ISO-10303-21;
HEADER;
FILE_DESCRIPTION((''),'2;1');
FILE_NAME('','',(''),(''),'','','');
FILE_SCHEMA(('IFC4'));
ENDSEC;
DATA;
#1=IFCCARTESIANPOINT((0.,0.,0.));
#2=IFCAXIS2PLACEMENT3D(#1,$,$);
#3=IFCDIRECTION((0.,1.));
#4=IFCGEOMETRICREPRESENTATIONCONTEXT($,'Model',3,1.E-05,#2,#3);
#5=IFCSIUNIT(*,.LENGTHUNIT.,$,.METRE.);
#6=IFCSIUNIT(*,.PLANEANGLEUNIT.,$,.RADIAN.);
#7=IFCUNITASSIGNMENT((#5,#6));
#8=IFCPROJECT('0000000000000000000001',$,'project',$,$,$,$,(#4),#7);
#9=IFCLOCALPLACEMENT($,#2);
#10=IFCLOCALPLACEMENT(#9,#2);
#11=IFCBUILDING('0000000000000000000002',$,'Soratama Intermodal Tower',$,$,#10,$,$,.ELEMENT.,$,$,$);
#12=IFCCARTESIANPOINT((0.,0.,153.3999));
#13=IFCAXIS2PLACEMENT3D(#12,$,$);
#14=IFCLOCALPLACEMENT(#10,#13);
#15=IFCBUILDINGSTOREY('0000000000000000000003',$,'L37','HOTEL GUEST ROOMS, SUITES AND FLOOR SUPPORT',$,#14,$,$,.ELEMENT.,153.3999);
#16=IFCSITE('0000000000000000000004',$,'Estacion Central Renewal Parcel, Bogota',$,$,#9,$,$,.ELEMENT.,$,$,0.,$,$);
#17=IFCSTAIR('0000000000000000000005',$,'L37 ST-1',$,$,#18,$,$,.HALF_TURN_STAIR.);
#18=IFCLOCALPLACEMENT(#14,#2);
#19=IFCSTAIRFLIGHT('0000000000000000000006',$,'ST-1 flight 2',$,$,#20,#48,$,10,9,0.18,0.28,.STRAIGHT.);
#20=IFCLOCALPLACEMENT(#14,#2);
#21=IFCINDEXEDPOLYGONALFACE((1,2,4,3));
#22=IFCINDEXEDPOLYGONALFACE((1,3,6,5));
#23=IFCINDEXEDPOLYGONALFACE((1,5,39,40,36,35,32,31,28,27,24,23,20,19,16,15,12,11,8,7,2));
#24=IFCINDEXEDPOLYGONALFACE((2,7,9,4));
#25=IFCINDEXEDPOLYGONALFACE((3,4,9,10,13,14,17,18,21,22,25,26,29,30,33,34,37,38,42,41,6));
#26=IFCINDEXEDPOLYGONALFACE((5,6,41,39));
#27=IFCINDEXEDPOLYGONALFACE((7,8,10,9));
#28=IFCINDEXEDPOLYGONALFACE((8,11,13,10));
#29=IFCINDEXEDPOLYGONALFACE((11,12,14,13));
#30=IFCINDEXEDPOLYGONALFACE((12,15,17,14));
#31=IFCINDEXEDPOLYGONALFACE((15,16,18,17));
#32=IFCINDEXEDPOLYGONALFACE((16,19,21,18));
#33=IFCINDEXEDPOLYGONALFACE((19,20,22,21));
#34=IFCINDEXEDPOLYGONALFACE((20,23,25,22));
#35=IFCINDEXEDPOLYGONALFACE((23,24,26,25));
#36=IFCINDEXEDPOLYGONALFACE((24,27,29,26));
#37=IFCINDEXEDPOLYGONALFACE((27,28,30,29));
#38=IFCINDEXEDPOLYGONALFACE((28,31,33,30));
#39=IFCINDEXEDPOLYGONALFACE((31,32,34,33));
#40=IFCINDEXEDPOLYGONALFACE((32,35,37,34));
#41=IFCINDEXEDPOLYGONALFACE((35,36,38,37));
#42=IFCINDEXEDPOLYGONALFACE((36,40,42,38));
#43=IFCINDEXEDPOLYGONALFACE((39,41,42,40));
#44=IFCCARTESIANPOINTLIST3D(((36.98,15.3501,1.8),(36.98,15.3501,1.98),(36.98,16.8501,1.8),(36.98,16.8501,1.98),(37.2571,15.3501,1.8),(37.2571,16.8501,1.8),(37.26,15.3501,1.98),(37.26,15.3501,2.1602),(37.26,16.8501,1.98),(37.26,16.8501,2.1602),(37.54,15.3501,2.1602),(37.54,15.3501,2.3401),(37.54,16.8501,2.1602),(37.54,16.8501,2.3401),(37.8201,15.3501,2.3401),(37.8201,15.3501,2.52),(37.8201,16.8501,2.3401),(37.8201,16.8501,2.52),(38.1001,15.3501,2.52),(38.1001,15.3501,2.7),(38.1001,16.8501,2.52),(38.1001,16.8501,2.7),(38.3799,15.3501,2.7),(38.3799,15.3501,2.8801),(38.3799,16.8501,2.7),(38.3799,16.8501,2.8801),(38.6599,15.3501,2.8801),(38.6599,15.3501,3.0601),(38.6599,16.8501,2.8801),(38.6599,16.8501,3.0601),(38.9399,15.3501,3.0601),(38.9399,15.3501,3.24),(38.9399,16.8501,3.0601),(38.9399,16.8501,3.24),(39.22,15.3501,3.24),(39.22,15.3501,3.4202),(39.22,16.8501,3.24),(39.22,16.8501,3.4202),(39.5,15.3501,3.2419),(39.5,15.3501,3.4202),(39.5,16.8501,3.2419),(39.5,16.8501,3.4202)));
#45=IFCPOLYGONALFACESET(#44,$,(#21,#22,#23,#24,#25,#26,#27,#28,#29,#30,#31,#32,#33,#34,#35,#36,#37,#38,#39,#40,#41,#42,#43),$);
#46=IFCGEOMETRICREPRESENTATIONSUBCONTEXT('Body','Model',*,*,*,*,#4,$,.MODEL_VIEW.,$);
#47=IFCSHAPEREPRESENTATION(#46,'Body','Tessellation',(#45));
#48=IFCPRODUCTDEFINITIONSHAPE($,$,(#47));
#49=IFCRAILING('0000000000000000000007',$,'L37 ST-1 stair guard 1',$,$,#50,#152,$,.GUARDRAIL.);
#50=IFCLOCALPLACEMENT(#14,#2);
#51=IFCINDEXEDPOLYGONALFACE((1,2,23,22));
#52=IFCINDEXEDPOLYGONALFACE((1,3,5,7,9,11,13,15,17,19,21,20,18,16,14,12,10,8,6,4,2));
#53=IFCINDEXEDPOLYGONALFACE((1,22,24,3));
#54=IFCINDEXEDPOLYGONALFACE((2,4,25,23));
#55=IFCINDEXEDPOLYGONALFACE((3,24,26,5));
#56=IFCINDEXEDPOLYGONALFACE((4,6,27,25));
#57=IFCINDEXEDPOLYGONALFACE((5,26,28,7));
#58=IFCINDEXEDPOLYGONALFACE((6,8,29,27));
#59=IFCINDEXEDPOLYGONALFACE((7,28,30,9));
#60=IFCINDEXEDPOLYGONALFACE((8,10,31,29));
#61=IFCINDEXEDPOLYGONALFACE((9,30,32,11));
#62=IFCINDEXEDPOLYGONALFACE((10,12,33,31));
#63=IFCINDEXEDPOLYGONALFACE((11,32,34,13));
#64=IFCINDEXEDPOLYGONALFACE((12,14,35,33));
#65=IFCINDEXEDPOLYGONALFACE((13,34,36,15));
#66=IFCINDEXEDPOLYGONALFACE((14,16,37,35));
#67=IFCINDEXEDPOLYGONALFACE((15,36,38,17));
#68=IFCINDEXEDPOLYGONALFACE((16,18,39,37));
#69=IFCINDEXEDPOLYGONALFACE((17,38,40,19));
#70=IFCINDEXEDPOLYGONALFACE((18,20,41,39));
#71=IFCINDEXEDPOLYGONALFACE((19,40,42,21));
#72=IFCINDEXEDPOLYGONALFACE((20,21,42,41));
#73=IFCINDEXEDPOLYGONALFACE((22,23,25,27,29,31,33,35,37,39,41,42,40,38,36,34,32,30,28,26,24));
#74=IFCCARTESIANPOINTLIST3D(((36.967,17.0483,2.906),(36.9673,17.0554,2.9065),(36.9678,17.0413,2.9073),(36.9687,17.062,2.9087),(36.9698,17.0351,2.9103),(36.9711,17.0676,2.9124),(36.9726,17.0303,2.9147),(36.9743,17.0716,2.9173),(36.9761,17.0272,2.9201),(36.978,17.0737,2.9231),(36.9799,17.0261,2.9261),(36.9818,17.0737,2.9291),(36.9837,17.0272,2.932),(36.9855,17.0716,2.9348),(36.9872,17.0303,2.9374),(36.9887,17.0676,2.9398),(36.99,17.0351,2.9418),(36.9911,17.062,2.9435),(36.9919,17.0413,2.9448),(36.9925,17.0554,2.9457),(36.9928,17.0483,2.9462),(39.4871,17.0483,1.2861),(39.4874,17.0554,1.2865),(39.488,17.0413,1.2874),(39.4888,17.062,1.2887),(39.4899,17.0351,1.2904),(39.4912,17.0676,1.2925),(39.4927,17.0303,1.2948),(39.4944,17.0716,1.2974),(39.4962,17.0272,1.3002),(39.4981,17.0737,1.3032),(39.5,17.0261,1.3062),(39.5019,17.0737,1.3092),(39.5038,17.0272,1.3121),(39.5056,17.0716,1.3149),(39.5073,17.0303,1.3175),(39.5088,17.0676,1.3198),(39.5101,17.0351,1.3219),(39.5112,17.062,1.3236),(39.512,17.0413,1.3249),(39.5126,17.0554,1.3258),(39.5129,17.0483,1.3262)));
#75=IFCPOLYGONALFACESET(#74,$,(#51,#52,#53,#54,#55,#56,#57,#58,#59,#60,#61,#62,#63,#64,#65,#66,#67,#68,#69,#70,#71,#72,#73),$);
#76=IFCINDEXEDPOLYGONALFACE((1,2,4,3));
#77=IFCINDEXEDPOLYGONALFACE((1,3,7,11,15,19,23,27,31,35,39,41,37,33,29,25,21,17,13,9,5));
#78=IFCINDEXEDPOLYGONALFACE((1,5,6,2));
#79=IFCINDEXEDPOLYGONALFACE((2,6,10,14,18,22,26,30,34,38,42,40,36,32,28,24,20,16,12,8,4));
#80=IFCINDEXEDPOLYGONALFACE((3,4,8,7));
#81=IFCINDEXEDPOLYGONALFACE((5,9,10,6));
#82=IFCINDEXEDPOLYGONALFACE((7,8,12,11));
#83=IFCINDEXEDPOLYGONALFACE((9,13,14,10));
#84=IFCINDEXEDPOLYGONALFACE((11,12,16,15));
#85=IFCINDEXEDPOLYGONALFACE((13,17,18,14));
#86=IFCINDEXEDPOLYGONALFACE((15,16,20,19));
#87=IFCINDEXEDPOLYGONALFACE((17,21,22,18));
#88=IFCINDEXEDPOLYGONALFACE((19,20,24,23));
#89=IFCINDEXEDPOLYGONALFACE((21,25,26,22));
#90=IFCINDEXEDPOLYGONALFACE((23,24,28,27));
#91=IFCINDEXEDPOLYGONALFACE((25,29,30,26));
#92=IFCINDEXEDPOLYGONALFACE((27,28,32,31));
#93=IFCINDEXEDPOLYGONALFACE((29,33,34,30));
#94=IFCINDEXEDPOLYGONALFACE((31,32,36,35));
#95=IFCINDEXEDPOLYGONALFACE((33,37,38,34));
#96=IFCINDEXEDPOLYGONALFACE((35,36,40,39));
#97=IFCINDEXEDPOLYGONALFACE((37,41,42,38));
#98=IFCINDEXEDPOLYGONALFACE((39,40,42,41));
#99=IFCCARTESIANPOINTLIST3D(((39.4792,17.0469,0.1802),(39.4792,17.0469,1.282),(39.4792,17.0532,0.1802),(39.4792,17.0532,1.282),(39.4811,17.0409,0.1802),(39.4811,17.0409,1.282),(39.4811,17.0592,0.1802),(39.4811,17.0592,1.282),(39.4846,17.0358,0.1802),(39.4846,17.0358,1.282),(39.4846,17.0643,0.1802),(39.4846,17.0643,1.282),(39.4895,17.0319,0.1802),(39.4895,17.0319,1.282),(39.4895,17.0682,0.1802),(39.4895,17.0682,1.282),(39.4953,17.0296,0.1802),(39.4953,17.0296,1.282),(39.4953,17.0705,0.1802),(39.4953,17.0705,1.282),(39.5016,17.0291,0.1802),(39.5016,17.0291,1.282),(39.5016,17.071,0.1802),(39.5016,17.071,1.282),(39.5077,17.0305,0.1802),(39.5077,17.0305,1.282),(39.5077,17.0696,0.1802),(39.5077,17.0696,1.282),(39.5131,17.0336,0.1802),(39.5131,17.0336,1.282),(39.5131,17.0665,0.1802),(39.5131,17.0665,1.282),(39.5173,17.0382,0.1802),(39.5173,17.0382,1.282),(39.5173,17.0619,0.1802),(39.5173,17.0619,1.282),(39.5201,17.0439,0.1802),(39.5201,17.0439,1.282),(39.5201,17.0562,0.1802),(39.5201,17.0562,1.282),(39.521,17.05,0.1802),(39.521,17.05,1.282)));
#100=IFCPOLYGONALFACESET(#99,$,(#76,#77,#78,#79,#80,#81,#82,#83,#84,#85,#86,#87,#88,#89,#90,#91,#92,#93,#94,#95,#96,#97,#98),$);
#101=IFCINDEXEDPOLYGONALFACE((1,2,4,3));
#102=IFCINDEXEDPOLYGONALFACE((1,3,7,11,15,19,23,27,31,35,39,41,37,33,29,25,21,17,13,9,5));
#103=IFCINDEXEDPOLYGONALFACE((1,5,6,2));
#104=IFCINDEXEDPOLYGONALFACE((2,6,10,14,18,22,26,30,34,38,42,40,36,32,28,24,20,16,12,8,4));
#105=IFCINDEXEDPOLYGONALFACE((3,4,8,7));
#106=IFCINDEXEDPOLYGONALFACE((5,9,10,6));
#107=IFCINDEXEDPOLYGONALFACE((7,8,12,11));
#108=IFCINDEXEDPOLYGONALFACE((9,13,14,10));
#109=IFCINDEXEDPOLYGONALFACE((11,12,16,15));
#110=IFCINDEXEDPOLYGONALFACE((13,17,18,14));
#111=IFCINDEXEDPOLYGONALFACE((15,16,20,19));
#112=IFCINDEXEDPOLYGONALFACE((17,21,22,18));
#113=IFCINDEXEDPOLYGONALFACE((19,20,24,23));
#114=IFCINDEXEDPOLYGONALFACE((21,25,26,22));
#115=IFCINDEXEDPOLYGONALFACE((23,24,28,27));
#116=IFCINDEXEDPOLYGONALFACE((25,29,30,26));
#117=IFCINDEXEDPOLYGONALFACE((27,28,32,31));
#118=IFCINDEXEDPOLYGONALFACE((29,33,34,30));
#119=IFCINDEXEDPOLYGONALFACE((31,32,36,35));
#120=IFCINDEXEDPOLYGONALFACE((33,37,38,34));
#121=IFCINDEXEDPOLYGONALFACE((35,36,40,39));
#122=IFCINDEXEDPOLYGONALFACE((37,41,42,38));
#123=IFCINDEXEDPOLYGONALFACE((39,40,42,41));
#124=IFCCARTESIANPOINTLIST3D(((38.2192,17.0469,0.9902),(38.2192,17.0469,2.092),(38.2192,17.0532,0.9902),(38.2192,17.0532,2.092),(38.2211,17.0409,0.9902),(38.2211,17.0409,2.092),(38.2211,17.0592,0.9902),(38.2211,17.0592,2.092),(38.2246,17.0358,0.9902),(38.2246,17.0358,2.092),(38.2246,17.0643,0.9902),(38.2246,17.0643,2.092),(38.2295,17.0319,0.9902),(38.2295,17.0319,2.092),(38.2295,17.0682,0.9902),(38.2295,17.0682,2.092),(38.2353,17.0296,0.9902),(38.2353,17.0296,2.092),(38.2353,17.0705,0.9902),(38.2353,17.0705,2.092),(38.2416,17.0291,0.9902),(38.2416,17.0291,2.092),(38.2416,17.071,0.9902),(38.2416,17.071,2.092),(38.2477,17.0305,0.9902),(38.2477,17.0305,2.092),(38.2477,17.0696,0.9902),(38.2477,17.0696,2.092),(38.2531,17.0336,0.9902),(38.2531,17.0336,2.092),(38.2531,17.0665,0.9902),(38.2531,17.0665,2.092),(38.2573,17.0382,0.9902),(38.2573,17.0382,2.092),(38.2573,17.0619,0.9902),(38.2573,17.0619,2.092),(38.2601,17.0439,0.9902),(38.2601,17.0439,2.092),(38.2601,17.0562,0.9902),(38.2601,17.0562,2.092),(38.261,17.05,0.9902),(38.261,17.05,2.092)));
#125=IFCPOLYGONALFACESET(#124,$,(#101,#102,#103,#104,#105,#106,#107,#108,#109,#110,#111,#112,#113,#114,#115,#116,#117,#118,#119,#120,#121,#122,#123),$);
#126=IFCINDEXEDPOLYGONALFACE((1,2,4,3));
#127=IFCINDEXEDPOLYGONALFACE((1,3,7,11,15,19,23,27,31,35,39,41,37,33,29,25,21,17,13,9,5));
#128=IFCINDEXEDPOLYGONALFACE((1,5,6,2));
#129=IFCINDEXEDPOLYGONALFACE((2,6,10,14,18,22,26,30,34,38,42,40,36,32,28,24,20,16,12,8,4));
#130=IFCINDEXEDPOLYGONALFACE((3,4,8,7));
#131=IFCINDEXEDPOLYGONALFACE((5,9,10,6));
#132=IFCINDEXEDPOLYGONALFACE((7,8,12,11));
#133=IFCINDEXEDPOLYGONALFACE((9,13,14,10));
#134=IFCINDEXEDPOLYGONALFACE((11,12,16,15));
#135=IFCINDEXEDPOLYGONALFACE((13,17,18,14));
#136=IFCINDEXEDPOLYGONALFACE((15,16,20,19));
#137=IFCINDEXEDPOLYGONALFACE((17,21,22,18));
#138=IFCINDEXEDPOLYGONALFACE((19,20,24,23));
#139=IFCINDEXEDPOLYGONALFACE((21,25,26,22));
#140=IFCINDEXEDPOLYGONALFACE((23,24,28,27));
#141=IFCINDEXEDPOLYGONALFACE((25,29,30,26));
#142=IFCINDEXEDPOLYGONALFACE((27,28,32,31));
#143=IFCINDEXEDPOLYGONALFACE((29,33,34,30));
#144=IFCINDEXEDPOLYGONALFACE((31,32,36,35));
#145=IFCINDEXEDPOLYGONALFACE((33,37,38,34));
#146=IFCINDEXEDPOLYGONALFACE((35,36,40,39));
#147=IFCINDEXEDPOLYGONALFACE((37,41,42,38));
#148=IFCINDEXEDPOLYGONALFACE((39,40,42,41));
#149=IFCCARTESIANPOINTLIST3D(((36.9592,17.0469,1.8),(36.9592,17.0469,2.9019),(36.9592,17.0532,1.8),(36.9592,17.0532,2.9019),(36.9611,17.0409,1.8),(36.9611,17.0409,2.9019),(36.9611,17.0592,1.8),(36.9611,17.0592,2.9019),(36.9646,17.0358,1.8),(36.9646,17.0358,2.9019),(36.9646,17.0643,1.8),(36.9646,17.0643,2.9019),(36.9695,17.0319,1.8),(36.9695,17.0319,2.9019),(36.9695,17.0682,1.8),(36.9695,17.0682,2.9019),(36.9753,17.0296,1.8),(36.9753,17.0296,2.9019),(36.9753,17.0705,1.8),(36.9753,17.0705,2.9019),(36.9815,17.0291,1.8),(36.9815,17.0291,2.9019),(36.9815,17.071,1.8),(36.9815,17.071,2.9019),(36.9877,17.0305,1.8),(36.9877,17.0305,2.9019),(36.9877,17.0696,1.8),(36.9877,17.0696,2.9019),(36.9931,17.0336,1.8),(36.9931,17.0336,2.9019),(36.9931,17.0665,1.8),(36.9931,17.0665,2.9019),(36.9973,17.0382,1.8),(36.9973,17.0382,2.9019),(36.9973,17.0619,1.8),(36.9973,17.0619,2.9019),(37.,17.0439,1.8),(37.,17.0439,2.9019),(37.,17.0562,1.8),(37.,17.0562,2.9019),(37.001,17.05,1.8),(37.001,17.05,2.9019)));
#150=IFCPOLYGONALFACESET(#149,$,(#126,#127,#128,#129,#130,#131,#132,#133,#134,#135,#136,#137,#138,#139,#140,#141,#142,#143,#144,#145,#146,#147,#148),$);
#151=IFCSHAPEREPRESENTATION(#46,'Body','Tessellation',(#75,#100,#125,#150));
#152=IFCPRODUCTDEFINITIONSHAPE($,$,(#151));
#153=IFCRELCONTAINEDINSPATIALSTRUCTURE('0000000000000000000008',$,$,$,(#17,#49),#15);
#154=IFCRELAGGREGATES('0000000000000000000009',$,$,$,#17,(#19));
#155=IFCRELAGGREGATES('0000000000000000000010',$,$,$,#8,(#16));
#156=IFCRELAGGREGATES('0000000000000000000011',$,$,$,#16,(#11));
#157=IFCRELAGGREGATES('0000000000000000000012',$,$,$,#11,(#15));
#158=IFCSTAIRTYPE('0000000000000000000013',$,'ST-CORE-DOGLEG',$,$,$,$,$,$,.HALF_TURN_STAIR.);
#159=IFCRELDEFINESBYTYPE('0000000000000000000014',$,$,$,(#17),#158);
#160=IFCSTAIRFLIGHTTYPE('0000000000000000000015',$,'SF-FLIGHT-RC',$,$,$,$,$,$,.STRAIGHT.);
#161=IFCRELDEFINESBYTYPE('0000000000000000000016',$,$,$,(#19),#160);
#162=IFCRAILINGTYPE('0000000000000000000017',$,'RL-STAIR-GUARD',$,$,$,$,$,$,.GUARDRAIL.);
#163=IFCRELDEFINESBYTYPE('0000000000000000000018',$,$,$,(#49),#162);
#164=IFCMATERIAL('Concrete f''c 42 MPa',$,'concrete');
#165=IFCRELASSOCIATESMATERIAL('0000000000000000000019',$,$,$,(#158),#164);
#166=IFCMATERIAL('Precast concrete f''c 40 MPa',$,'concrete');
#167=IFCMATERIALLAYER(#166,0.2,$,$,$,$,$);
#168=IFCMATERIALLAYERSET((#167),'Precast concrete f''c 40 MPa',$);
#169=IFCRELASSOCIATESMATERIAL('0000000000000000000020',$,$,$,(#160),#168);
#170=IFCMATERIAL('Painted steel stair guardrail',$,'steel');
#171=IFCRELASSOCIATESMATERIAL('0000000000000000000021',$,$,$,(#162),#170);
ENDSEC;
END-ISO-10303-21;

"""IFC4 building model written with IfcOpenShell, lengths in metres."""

from ifc_helpers import new_model, si_unit, direction, frame, origin, origin_2d, place, context, subcontext, project, spatial, polyline, circle, outline, extrude, material, layer, layer_set, type_object, element, aggregate, save


model = new_model("IFC4")

# Units and contexts
model_context = context("Model", 3, precision=1e-05, world=origin(), true_north=direction((0.0, 1.0)))
body_context = subcontext(model_context, "Body", "Model", "MODEL_VIEW")
ifc_project = project(units=[si_unit("LENGTHUNIT", "METRE"), si_unit("PLANEANGLEUNIT", "RADIAN")], contexts=[model_context])

# Site, building, storey
site_placement = place(None, origin())
site = spatial("IfcSite", under=ifc_project, at=site_placement, Name="Estacion Central Renewal Parcel, Bogota", CompositionType="ELEMENT", RefElevation=0.0)
building_placement = place(site_placement, origin())
building = spatial("IfcBuilding", under=site, at=building_placement, Name="Soratama Intermodal Tower", CompositionType="ELEMENT")
storey_placement = place(building_placement, frame((0.0, 0.0, 153.3999)))
storey = spatial("IfcBuildingStorey", under=building, at=storey_placement, Name="L37", Description="HOTEL GUEST ROOMS, SUITES AND FLOOR SUPPORT", CompositionType="ELEMENT", Elevation=153.3999)

# Stair, stair flight
ifc_material_1 = material(Name="Concrete f'c 42 MPa", Category="concrete")
stair_type = type_object("IfcStairType", Name="ST-CORE-DOGLEG", PredefinedType="HALF_TURN_STAIR", material=ifc_material_1)
stair_placement = place(storey_placement, origin())
stair = element("IfcStair", 1, at=stair_placement, inside=storey, type_object=stair_type, Name="L37 ST-1", PredefinedType="HALF_TURN_STAIR")
ifc_material_2 = material(Name="Precast concrete f'c 40 MPa", Category="concrete")
ifc_layer_1 = layer(ifc_material_2, 0.2)
ifc_layer_set_1 = layer_set([ifc_layer_1], Name="Precast concrete f'c 40 MPa")
stair_flight_type = type_object("IfcStairFlightType", Name="SF-FLIGHT-RC", PredefinedType="STRAIGHT", material=ifc_layer_set_1)
stair_flight_1_placement = place(storey_placement, frame((36.98, 16.1001, 1.8), z_axis=(0.0, 0.0, 1.0), x_axis=(1.0, 0.0, 0.0)))
stair_flight_1 = element("IfcStairFlight", 2, at=stair_flight_1_placement, type_object=stair_flight_type, Name="ST-1 flight 2", NumberOfRisers=10, NumberOfTreads=9, PredefinedType="STRAIGHT", RiserHeight=0.18, TreadLength=0.28, context=body_context, shape_type="SweptSolid", body=[
    extrude(outline(polyline([(0.0, 0.0), (0.0, 0.1799), (0.28, 0.1799), (0.28, 0.3601), (0.5601, 0.3601), (0.5601, 0.54), (0.8401, 0.54), (0.8401, 0.72), (1.1201, 0.72), (1.1201, 0.8999), (1.3999, 0.8999), (1.3999, 1.0801), (1.6799, 1.0801), (1.6799, 1.26), (1.96, 1.26), (1.96, 1.4399), (2.24, 1.4399), (2.24, 1.6201), (2.52, 1.6201), (2.52, 1.8), (2.52, 1.4419), (0.2771, 0.0), (0.0, 0.0)])), frame((0.0, 0.75, 0.0), z_axis=(0.0, -1.0, 0.0), x_axis=(1.0, 0.0, 0.0)), (0.0, 0.0, 1.0), 1.5),
])
aggregate(stair, [stair_flight_1])

# Railing
ifc_material_3 = material(Name="Painted steel stair guardrail", Category="steel")
railing_type_1 = type_object("IfcRailingType", Name="RL-STAIR-GUARD", PredefinedType="GUARDRAIL", material=ifc_material_3)
railing_1_placement = place(storey_placement, frame((39.5, 17.05, 0.1802)))
element("IfcRailing", 3, at=railing_1_placement, inside=storey, type_object=railing_type_1, Name="L37 ST-1 stair guard 1", PredefinedType="GUARDRAIL", context=body_context, shape_type="SweptSolid", body=[
    extrude(circle(Radius=0.0239, at=origin_2d()), frame((0.0, 0.0, 1.126), z_axis=(-0.8412, 0.0, 0.540725), x_axis=(0.0, -1.0, 0.0)), (0.0, 0.0, 1.0), 2.9958),
    extrude(circle(Radius=0.021, at=origin_2d()), origin(), (0.0, 0.0, 1.0), 1.1018),
    extrude(circle(Radius=0.021, at=origin_2d()), frame((-1.26, 0.0, 0.8101)), (0.0, 0.0, 1.0), 1.1018),
    extrude(circle(Radius=0.021, at=origin_2d()), frame((-2.52, 0.0, 1.6199)), (0.0, 0.0, 1.0), 1.1018),
])

save(model, "model.ifc")
